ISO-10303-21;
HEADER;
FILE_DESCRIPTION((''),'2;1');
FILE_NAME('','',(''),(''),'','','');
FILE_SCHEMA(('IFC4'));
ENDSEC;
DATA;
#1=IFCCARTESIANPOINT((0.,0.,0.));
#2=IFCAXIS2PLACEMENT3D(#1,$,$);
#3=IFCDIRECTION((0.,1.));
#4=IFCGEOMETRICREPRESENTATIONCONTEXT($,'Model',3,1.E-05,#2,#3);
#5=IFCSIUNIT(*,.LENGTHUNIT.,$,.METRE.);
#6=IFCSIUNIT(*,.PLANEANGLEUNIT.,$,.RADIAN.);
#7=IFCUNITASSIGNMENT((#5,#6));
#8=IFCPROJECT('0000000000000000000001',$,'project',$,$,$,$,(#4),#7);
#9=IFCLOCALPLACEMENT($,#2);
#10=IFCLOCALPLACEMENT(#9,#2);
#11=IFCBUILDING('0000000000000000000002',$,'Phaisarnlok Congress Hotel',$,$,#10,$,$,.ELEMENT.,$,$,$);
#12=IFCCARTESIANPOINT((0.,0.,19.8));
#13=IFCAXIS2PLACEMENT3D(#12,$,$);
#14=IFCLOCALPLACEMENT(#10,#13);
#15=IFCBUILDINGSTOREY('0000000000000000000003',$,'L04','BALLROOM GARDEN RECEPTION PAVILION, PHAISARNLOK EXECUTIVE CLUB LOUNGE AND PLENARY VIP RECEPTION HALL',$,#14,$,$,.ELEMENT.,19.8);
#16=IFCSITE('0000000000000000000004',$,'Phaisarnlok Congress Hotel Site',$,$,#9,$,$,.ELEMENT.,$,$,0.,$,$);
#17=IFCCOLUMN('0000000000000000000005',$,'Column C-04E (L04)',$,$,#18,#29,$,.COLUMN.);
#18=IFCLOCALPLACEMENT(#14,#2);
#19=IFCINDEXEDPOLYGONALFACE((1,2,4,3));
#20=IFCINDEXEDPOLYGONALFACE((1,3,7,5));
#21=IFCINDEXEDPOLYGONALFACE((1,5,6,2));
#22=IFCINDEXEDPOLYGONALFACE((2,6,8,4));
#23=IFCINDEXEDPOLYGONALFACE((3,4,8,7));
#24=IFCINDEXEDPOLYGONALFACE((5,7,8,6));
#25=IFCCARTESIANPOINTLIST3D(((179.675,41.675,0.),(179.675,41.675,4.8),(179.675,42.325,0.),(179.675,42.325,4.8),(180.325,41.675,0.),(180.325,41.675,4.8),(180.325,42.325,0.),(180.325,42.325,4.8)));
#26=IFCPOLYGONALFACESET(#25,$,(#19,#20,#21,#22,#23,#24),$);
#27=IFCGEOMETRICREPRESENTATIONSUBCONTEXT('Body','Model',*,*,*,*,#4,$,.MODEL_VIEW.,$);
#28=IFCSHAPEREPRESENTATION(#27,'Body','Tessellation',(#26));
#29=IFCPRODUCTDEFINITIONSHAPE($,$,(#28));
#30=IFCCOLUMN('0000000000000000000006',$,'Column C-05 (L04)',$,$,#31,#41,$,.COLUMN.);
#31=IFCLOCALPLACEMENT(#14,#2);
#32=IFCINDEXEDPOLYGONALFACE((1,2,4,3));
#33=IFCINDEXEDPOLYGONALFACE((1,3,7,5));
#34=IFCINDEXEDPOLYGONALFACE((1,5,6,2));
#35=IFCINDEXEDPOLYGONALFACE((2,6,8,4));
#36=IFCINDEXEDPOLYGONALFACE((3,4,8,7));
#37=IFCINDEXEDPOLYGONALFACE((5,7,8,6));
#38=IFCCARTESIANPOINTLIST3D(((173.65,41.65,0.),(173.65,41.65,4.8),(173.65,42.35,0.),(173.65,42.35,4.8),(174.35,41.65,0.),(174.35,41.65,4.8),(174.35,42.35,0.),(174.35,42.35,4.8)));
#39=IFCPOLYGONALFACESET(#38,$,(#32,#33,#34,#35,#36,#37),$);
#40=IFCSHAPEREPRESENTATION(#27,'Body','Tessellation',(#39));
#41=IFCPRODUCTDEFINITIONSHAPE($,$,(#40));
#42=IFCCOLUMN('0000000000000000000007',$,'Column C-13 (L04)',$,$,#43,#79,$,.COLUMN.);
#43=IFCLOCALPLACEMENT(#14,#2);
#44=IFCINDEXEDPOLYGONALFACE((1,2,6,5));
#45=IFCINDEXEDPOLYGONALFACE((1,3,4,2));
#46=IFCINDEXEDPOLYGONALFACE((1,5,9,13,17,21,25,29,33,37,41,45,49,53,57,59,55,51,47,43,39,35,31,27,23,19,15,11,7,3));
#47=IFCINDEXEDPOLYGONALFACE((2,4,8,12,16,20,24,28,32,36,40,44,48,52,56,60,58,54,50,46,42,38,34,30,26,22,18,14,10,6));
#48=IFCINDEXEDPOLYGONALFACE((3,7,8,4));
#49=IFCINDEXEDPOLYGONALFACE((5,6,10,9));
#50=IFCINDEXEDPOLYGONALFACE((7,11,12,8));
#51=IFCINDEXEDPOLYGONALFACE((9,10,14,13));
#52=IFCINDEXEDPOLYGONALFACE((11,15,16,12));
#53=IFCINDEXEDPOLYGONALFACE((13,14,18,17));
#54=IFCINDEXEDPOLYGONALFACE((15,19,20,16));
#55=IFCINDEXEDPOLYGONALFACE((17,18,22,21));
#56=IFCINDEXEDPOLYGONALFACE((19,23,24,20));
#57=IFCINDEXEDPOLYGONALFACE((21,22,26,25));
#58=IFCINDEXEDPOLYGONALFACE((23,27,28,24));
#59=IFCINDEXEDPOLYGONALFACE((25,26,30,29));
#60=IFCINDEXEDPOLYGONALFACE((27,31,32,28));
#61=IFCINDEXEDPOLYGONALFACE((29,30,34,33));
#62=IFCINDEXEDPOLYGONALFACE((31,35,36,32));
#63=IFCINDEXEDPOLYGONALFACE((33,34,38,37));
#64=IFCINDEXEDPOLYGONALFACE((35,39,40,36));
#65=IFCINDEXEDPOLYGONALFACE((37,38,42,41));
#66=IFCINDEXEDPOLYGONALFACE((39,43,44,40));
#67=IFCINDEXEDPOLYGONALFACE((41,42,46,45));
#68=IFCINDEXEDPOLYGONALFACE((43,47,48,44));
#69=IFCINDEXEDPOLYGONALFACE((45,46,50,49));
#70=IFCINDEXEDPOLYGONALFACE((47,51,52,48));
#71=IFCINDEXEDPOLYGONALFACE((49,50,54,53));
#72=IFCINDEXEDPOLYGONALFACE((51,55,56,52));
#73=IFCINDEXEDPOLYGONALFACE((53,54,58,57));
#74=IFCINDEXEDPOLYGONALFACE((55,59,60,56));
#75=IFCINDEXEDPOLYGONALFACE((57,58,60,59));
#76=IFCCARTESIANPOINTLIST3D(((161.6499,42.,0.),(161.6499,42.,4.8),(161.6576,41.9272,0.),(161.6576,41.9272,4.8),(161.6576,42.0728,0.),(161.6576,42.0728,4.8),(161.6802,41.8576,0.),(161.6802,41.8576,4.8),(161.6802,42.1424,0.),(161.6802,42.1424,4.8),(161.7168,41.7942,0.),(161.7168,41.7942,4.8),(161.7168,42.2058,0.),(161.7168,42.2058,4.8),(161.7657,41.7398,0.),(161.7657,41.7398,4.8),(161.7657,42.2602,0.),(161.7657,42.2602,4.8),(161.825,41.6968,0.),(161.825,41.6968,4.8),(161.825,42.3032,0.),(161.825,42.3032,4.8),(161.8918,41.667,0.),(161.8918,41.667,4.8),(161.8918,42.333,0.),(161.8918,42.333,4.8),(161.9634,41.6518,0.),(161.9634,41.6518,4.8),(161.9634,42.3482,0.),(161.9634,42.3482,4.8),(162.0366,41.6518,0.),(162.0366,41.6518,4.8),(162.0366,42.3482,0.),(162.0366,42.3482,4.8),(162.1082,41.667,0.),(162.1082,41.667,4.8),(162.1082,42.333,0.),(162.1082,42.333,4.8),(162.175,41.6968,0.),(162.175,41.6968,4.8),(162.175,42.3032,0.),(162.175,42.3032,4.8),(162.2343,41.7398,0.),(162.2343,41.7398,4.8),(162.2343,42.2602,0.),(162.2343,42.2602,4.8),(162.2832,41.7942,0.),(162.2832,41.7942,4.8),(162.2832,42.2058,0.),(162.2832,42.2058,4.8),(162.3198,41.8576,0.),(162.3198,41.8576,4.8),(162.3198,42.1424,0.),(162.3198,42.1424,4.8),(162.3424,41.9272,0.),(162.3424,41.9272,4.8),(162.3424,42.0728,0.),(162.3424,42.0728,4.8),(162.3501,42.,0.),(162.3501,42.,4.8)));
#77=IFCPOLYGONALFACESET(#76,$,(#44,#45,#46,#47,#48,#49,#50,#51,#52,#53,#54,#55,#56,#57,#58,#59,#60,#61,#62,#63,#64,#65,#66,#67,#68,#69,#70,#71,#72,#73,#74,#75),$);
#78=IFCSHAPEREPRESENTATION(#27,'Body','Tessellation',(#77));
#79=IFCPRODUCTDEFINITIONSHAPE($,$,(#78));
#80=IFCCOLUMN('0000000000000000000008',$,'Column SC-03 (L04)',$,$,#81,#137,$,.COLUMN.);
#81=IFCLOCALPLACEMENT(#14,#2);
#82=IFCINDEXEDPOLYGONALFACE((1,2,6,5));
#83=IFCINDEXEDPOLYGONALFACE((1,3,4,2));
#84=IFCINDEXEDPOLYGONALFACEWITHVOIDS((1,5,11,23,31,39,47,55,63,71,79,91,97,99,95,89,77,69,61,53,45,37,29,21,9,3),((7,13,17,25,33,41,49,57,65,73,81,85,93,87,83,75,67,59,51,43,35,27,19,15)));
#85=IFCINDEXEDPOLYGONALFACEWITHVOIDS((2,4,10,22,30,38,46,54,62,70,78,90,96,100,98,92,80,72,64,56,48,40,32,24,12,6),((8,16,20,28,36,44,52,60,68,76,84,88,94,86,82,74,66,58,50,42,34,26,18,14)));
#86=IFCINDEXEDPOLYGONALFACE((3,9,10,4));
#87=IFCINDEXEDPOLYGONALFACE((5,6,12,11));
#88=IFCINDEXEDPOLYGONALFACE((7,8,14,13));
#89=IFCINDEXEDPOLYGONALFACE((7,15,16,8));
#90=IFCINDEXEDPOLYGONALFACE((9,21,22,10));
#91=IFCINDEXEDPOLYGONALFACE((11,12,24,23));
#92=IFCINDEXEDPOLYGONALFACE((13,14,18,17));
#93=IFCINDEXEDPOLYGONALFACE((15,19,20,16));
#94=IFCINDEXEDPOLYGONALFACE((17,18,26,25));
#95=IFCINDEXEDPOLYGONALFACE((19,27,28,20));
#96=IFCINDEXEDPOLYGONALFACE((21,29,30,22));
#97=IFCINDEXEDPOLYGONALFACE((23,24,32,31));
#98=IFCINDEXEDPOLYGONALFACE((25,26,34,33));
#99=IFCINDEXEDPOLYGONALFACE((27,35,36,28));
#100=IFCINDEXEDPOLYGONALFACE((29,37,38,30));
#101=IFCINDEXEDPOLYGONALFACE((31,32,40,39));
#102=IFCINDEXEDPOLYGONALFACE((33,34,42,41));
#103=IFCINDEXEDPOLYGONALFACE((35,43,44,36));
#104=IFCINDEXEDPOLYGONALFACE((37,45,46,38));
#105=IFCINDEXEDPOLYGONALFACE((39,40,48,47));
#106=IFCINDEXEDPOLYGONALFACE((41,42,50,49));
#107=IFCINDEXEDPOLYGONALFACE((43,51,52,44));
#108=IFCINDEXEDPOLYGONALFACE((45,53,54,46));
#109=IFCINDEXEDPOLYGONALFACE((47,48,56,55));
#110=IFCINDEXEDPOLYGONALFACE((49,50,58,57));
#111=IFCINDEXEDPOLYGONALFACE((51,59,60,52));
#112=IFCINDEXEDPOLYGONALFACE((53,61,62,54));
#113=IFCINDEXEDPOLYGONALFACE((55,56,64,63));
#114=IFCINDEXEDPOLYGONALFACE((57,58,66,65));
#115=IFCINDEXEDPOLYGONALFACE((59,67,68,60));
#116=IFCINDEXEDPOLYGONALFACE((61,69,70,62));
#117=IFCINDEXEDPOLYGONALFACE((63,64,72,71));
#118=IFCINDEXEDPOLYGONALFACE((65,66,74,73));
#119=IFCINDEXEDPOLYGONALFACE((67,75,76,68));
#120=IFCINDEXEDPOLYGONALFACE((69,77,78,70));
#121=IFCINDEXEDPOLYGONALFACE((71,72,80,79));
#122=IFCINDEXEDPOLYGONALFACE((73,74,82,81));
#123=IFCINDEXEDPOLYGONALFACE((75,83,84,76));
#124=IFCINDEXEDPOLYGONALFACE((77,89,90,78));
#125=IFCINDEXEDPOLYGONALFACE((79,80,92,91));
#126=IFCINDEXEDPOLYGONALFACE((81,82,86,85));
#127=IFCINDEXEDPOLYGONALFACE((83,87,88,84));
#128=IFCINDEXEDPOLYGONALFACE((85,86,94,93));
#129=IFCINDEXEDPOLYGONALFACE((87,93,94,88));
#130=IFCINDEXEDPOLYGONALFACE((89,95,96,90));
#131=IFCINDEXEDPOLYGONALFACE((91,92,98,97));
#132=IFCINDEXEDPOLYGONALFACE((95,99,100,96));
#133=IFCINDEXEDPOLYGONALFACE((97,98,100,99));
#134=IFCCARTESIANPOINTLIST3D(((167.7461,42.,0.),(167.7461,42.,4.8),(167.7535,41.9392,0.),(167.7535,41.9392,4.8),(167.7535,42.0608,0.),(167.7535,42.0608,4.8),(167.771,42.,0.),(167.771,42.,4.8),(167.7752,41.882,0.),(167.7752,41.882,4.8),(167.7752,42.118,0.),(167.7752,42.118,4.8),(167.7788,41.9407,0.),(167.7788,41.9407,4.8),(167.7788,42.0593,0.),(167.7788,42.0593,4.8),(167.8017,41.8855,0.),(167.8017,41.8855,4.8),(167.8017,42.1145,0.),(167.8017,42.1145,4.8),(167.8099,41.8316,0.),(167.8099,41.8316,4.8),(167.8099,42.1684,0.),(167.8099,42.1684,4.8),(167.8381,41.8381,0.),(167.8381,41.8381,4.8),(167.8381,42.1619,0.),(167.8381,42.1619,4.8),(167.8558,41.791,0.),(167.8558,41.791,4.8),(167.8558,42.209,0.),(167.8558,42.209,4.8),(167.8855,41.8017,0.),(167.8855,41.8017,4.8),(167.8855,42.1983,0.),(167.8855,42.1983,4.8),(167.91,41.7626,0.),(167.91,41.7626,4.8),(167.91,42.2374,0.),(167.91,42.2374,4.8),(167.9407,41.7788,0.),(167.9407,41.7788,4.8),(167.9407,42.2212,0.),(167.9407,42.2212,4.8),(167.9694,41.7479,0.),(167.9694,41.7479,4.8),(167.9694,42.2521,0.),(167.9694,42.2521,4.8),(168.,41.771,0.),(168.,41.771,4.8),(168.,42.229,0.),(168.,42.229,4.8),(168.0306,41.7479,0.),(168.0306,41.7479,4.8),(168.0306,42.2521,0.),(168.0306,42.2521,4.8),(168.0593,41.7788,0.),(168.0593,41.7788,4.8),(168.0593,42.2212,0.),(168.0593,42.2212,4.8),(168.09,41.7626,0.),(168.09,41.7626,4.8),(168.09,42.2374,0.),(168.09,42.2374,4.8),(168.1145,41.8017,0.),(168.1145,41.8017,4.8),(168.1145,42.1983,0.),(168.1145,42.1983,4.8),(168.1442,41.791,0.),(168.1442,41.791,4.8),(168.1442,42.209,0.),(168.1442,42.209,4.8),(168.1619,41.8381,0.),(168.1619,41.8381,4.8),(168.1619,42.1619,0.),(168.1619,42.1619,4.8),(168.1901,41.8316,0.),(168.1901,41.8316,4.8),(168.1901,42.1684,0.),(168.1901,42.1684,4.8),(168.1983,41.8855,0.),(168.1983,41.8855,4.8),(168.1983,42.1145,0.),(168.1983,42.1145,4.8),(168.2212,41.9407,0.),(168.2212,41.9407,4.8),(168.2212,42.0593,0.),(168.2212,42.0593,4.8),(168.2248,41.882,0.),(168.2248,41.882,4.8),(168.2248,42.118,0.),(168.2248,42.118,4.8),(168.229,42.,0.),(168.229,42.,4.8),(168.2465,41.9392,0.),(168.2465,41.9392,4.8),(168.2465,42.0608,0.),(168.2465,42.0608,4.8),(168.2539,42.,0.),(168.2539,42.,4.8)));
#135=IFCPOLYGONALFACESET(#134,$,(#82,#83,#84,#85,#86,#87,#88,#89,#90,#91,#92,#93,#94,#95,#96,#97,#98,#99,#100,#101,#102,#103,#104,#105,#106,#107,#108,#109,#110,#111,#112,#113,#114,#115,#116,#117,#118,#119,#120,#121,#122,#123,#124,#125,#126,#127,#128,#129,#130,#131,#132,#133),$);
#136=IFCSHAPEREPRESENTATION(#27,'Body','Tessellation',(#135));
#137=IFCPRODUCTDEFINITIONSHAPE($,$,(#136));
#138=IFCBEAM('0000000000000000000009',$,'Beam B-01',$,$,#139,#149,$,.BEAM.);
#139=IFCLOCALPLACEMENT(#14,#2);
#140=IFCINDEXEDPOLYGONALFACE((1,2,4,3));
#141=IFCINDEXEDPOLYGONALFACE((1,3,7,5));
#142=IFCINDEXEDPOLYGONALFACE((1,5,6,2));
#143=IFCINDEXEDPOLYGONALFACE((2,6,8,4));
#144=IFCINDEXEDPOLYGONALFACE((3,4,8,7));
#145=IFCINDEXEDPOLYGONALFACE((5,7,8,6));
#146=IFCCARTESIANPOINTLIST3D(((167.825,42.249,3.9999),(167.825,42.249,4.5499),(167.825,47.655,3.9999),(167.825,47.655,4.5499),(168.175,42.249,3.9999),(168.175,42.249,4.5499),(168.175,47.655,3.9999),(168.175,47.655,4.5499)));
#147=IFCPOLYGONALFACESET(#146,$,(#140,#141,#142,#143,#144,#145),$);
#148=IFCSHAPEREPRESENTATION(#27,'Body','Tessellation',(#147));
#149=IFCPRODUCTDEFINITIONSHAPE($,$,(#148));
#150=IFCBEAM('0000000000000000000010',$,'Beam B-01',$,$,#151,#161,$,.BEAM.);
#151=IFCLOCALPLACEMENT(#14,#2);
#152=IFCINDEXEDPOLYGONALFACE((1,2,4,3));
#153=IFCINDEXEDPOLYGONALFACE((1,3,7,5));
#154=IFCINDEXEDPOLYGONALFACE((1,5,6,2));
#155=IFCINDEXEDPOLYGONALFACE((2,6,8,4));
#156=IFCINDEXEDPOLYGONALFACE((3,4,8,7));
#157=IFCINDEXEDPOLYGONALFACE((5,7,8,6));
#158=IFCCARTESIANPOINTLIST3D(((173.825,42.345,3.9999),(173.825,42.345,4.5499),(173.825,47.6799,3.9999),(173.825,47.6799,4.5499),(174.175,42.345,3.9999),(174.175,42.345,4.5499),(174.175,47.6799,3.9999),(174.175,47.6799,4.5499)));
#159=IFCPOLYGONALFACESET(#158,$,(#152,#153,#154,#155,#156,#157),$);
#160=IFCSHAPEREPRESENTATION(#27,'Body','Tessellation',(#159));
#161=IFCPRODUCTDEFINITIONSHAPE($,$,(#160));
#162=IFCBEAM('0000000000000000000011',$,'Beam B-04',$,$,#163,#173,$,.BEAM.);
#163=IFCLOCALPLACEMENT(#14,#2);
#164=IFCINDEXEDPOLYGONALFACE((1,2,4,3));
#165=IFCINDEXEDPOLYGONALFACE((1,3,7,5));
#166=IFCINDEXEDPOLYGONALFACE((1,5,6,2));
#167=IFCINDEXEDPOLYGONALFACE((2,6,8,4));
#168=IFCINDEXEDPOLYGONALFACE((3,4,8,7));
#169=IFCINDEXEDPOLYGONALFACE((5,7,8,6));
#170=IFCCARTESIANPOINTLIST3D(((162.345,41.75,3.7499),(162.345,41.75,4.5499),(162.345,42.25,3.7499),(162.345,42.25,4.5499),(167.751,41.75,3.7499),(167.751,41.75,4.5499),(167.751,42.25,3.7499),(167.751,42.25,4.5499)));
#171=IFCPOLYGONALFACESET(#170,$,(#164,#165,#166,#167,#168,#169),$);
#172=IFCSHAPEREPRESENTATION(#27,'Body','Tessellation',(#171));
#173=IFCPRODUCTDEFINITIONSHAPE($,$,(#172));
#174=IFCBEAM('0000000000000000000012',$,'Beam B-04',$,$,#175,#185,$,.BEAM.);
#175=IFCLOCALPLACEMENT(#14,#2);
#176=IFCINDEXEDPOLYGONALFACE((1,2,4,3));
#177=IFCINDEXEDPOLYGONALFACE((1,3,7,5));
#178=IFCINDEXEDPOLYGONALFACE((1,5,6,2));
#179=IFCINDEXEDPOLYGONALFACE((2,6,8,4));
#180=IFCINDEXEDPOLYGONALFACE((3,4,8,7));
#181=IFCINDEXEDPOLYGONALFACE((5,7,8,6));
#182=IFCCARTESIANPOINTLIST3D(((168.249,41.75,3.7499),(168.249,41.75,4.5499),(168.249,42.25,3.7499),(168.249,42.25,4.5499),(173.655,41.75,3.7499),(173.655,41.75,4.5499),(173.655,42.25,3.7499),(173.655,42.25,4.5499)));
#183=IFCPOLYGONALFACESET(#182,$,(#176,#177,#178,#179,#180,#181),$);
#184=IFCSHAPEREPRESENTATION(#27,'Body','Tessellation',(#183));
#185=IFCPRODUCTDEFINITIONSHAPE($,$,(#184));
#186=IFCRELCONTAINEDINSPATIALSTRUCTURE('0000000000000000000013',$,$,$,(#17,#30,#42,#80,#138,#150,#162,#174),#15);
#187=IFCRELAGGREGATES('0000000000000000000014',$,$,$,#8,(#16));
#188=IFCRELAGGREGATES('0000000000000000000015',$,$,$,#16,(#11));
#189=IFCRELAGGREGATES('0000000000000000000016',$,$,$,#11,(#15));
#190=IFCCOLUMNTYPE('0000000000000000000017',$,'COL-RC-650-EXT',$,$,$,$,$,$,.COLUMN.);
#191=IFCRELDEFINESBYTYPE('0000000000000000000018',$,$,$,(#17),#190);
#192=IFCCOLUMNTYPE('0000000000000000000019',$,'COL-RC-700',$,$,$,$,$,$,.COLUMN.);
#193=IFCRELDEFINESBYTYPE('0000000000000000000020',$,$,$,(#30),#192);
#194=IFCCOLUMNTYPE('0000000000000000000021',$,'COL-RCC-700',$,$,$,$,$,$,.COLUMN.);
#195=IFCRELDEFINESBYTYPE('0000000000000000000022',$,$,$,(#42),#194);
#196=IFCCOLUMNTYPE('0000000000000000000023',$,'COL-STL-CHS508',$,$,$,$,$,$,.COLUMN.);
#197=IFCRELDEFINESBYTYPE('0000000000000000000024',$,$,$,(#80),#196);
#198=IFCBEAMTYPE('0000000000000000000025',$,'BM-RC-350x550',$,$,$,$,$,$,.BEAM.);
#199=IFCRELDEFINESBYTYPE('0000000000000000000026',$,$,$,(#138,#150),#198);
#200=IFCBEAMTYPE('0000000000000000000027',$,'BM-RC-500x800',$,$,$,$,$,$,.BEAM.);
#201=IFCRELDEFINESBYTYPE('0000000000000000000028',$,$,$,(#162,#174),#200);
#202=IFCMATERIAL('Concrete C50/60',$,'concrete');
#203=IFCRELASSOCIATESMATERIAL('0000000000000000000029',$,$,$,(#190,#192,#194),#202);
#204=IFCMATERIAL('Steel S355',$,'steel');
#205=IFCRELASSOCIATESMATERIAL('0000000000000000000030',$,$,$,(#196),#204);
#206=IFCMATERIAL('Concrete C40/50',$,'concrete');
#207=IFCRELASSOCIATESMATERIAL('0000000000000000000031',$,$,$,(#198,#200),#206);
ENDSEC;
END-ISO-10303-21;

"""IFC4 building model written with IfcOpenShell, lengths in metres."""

from ifc_helpers import new_model, si_unit, direction, frame, origin, origin_2d, place, context, subcontext, project, spatial, rectangle, circle, hollow_circle, extrude, material, material_profile, profile_set, type_object, element, save


model = new_model("IFC4")

# Units and contexts
model_context = context("Model", 3, precision=1e-05, world=origin(), true_north=direction((0.0, 1.0)))
body_context = subcontext(model_context, "Body", "Model", "MODEL_VIEW")
ifc_project = project(units=[si_unit("LENGTHUNIT", "METRE"), si_unit("PLANEANGLEUNIT", "RADIAN")], contexts=[model_context])

# Site, building, storey
site_placement = place(None, origin())
site = spatial("IfcSite", under=ifc_project, at=site_placement, Name="Phaisarnlok Congress Hotel Site", CompositionType="ELEMENT", RefElevation=0.0)
building_placement = place(site_placement, origin())
building = spatial("IfcBuilding", under=site, at=building_placement, Name="Phaisarnlok Congress Hotel", CompositionType="ELEMENT")
storey_placement = place(building_placement, frame((0.0, 0.0, 19.8)))
storey = spatial("IfcBuildingStorey", under=building, at=storey_placement, Name="L04", Description="BALLROOM GARDEN RECEPTION PAVILION, PHAISARNLOK EXECUTIVE CLUB LOUNGE AND PLENARY VIP RECEPTION HALL", CompositionType="ELEMENT", Elevation=19.8)

# Columns
ifc_material_1 = material(Name="Concrete C50/60", Category="concrete")
ifc_material_profile_1 = material_profile(ifc_material_1, rectangle(XDim=0.6499, YDim=0.6499, at=origin_2d()), Name="RC 650x650")
ifc_profile_set_1 = profile_set([ifc_material_profile_1], Name="Concrete C50/60")
column_type_1 = type_object("IfcColumnType", Name="COL-RC-650-EXT", PredefinedType="COLUMN", material=ifc_profile_set_1)
column_1_placement = place(storey_placement, frame((180.0, 42.0, 0.0), z_axis=(0.0, 0.0, 1.0), x_axis=(1.0, 0.0, 0.0)))
element("IfcColumn", 1, at=column_1_placement, inside=storey, type_object=column_type_1, Name="Column C-04E (L04)", PredefinedType="COLUMN", context=body_context, shape_type="SweptSolid", body=[
    extrude(rectangle(XDim=0.6499, YDim=0.6499, at=origin_2d()), origin(), (0.0, 0.0, 1.0), 4.8),
])
ifc_material_profile_2 = material_profile(ifc_material_1, rectangle(XDim=0.7, YDim=0.7, at=origin_2d()), Name="RC 700x700")
ifc_profile_set_2 = profile_set([ifc_material_profile_2], Name="Concrete C50/60")
column_type_2 = type_object("IfcColumnType", Name="COL-RC-700", PredefinedType="COLUMN", material=ifc_profile_set_2)
column_2_placement = place(storey_placement, frame((174.0, 42.0, 0.0), z_axis=(0.0, 0.0, 1.0), x_axis=(1.0, 0.0, 0.0)))
element("IfcColumn", 2, at=column_2_placement, inside=storey, type_object=column_type_2, Name="Column C-05 (L04)", PredefinedType="COLUMN", context=body_context, shape_type="SweptSolid", body=[
    extrude(rectangle(XDim=0.7, YDim=0.7, at=origin_2d()), origin(), (0.0, 0.0, 1.0), 4.8),
])
ifc_material_profile_3 = material_profile(ifc_material_1, circle(Radius=0.3501, at=origin_2d()), Name="RCC D700")
ifc_profile_set_3 = profile_set([ifc_material_profile_3], Name="Concrete C50/60")
column_type_3 = type_object("IfcColumnType", Name="COL-RCC-700", PredefinedType="COLUMN", material=ifc_profile_set_3)
column_3_placement = place(storey_placement, frame((162.0, 42.0, 0.0), z_axis=(0.0, 0.0, 1.0), x_axis=(1.0, 0.0, 0.0)))
element("IfcColumn", 3, at=column_3_placement, inside=storey, type_object=column_type_3, Name="Column C-13 (L04)", PredefinedType="COLUMN", context=body_context, shape_type="SweptSolid", body=[
    extrude(circle(Radius=0.3501, at=origin_2d()), origin(), (0.0, 0.0, 1.0), 4.8),
])
ifc_material_2 = material(Name="Steel S355", Category="steel")
ifc_material_profile_4 = material_profile(ifc_material_2, hollow_circle(Radius=0.2539, WallThickness=0.0249, at=origin_2d()), Name="CHS 508x25")
ifc_profile_set_4 = profile_set([ifc_material_profile_4], Name="Steel S355")
column_type_4 = type_object("IfcColumnType", Name="COL-STL-CHS508", PredefinedType="COLUMN", material=ifc_profile_set_4)
column_4_placement = place(storey_placement, frame((168.0, 42.0, 0.0), z_axis=(0.0, 0.0, 1.0), x_axis=(1.0, 0.0, 0.0)))
element("IfcColumn", 4, at=column_4_placement, inside=storey, type_object=column_type_4, Name="Column SC-03 (L04)", PredefinedType="COLUMN", context=body_context, shape_type="SweptSolid", body=[
    extrude(hollow_circle(Radius=0.2539, WallThickness=0.0249, at=origin_2d()), origin(), (0.0, 0.0, 1.0), 4.8),
])

# Beams
ifc_material_3 = material(Name="Concrete C40/50", Category="concrete")
ifc_material_profile_5 = material_profile(ifc_material_3, rectangle(XDim=0.3501, YDim=0.55, at=origin_2d()), Name="RC 350x550")
ifc_profile_set_5 = profile_set([ifc_material_profile_5], Name="Concrete C40/50")
beam_type_1 = type_object("IfcBeamType", Name="BM-RC-350x550", PredefinedType="BEAM", material=ifc_profile_set_5)
beam_1_placement = place(storey_placement, frame((168.0, 42.249, 4.2749), z_axis=(0.0, 1.0, 0.0), x_axis=(-1.0, 0.0, 0.0)))
element("IfcBeam", 5, at=beam_1_placement, inside=storey, type_object=beam_type_1, Name="Beam B-01", PredefinedType="BEAM", context=body_context, shape_type="SweptSolid", body=[
    extrude(rectangle(XDim=0.3501, YDim=0.55, at=origin_2d()), origin(), (0.0, 0.0, 1.0), 5.406),
])
beam_2_placement = place(storey_placement, frame((174.0, 42.345, 4.2749), z_axis=(0.0, 1.0, 0.0), x_axis=(-1.0, 0.0, 0.0)))
element("IfcBeam", 6, at=beam_2_placement, inside=storey, type_object=beam_type_1, Name="Beam B-01", PredefinedType="BEAM", context=body_context, shape_type="SweptSolid", body=[
    extrude(rectangle(XDim=0.3501, YDim=0.55, at=origin_2d()), origin(), (0.0, 0.0, 1.0), 5.335),
])
ifc_material_profile_6 = material_profile(ifc_material_3, rectangle(XDim=0.5, YDim=0.8, at=origin_2d()), Name="RC 500x800")
ifc_profile_set_6 = profile_set([ifc_material_profile_6], Name="Concrete C40/50")
beam_type_2 = type_object("IfcBeamType", Name="BM-RC-500x800", PredefinedType="BEAM", material=ifc_profile_set_6)
for number, where, z_axis, x_axis, name in (
    (7, (162.345, 42.0, 4.1499), (1.0, 0.0, 0.0), (0.0, 1.0, 0.0), "Beam B-04"),
    (8, (168.249, 42.0, 4.1499), (1.0, 0.0, 0.0), (0.0, 1.0, 0.0), "Beam B-04"),
):
    element("IfcBeam", number, at=place(storey_placement, frame(where, z_axis=z_axis, x_axis=x_axis)), inside=storey, type_object=beam_type_2, Name=name, PredefinedType="BEAM", context=body_context, shape_type="SweptSolid", body=[
        extrude(rectangle(XDim=0.5, YDim=0.8, at=origin_2d()), origin(), (0.0, 0.0, 1.0), 5.406),
    ])

save(model, "model.ifc")
